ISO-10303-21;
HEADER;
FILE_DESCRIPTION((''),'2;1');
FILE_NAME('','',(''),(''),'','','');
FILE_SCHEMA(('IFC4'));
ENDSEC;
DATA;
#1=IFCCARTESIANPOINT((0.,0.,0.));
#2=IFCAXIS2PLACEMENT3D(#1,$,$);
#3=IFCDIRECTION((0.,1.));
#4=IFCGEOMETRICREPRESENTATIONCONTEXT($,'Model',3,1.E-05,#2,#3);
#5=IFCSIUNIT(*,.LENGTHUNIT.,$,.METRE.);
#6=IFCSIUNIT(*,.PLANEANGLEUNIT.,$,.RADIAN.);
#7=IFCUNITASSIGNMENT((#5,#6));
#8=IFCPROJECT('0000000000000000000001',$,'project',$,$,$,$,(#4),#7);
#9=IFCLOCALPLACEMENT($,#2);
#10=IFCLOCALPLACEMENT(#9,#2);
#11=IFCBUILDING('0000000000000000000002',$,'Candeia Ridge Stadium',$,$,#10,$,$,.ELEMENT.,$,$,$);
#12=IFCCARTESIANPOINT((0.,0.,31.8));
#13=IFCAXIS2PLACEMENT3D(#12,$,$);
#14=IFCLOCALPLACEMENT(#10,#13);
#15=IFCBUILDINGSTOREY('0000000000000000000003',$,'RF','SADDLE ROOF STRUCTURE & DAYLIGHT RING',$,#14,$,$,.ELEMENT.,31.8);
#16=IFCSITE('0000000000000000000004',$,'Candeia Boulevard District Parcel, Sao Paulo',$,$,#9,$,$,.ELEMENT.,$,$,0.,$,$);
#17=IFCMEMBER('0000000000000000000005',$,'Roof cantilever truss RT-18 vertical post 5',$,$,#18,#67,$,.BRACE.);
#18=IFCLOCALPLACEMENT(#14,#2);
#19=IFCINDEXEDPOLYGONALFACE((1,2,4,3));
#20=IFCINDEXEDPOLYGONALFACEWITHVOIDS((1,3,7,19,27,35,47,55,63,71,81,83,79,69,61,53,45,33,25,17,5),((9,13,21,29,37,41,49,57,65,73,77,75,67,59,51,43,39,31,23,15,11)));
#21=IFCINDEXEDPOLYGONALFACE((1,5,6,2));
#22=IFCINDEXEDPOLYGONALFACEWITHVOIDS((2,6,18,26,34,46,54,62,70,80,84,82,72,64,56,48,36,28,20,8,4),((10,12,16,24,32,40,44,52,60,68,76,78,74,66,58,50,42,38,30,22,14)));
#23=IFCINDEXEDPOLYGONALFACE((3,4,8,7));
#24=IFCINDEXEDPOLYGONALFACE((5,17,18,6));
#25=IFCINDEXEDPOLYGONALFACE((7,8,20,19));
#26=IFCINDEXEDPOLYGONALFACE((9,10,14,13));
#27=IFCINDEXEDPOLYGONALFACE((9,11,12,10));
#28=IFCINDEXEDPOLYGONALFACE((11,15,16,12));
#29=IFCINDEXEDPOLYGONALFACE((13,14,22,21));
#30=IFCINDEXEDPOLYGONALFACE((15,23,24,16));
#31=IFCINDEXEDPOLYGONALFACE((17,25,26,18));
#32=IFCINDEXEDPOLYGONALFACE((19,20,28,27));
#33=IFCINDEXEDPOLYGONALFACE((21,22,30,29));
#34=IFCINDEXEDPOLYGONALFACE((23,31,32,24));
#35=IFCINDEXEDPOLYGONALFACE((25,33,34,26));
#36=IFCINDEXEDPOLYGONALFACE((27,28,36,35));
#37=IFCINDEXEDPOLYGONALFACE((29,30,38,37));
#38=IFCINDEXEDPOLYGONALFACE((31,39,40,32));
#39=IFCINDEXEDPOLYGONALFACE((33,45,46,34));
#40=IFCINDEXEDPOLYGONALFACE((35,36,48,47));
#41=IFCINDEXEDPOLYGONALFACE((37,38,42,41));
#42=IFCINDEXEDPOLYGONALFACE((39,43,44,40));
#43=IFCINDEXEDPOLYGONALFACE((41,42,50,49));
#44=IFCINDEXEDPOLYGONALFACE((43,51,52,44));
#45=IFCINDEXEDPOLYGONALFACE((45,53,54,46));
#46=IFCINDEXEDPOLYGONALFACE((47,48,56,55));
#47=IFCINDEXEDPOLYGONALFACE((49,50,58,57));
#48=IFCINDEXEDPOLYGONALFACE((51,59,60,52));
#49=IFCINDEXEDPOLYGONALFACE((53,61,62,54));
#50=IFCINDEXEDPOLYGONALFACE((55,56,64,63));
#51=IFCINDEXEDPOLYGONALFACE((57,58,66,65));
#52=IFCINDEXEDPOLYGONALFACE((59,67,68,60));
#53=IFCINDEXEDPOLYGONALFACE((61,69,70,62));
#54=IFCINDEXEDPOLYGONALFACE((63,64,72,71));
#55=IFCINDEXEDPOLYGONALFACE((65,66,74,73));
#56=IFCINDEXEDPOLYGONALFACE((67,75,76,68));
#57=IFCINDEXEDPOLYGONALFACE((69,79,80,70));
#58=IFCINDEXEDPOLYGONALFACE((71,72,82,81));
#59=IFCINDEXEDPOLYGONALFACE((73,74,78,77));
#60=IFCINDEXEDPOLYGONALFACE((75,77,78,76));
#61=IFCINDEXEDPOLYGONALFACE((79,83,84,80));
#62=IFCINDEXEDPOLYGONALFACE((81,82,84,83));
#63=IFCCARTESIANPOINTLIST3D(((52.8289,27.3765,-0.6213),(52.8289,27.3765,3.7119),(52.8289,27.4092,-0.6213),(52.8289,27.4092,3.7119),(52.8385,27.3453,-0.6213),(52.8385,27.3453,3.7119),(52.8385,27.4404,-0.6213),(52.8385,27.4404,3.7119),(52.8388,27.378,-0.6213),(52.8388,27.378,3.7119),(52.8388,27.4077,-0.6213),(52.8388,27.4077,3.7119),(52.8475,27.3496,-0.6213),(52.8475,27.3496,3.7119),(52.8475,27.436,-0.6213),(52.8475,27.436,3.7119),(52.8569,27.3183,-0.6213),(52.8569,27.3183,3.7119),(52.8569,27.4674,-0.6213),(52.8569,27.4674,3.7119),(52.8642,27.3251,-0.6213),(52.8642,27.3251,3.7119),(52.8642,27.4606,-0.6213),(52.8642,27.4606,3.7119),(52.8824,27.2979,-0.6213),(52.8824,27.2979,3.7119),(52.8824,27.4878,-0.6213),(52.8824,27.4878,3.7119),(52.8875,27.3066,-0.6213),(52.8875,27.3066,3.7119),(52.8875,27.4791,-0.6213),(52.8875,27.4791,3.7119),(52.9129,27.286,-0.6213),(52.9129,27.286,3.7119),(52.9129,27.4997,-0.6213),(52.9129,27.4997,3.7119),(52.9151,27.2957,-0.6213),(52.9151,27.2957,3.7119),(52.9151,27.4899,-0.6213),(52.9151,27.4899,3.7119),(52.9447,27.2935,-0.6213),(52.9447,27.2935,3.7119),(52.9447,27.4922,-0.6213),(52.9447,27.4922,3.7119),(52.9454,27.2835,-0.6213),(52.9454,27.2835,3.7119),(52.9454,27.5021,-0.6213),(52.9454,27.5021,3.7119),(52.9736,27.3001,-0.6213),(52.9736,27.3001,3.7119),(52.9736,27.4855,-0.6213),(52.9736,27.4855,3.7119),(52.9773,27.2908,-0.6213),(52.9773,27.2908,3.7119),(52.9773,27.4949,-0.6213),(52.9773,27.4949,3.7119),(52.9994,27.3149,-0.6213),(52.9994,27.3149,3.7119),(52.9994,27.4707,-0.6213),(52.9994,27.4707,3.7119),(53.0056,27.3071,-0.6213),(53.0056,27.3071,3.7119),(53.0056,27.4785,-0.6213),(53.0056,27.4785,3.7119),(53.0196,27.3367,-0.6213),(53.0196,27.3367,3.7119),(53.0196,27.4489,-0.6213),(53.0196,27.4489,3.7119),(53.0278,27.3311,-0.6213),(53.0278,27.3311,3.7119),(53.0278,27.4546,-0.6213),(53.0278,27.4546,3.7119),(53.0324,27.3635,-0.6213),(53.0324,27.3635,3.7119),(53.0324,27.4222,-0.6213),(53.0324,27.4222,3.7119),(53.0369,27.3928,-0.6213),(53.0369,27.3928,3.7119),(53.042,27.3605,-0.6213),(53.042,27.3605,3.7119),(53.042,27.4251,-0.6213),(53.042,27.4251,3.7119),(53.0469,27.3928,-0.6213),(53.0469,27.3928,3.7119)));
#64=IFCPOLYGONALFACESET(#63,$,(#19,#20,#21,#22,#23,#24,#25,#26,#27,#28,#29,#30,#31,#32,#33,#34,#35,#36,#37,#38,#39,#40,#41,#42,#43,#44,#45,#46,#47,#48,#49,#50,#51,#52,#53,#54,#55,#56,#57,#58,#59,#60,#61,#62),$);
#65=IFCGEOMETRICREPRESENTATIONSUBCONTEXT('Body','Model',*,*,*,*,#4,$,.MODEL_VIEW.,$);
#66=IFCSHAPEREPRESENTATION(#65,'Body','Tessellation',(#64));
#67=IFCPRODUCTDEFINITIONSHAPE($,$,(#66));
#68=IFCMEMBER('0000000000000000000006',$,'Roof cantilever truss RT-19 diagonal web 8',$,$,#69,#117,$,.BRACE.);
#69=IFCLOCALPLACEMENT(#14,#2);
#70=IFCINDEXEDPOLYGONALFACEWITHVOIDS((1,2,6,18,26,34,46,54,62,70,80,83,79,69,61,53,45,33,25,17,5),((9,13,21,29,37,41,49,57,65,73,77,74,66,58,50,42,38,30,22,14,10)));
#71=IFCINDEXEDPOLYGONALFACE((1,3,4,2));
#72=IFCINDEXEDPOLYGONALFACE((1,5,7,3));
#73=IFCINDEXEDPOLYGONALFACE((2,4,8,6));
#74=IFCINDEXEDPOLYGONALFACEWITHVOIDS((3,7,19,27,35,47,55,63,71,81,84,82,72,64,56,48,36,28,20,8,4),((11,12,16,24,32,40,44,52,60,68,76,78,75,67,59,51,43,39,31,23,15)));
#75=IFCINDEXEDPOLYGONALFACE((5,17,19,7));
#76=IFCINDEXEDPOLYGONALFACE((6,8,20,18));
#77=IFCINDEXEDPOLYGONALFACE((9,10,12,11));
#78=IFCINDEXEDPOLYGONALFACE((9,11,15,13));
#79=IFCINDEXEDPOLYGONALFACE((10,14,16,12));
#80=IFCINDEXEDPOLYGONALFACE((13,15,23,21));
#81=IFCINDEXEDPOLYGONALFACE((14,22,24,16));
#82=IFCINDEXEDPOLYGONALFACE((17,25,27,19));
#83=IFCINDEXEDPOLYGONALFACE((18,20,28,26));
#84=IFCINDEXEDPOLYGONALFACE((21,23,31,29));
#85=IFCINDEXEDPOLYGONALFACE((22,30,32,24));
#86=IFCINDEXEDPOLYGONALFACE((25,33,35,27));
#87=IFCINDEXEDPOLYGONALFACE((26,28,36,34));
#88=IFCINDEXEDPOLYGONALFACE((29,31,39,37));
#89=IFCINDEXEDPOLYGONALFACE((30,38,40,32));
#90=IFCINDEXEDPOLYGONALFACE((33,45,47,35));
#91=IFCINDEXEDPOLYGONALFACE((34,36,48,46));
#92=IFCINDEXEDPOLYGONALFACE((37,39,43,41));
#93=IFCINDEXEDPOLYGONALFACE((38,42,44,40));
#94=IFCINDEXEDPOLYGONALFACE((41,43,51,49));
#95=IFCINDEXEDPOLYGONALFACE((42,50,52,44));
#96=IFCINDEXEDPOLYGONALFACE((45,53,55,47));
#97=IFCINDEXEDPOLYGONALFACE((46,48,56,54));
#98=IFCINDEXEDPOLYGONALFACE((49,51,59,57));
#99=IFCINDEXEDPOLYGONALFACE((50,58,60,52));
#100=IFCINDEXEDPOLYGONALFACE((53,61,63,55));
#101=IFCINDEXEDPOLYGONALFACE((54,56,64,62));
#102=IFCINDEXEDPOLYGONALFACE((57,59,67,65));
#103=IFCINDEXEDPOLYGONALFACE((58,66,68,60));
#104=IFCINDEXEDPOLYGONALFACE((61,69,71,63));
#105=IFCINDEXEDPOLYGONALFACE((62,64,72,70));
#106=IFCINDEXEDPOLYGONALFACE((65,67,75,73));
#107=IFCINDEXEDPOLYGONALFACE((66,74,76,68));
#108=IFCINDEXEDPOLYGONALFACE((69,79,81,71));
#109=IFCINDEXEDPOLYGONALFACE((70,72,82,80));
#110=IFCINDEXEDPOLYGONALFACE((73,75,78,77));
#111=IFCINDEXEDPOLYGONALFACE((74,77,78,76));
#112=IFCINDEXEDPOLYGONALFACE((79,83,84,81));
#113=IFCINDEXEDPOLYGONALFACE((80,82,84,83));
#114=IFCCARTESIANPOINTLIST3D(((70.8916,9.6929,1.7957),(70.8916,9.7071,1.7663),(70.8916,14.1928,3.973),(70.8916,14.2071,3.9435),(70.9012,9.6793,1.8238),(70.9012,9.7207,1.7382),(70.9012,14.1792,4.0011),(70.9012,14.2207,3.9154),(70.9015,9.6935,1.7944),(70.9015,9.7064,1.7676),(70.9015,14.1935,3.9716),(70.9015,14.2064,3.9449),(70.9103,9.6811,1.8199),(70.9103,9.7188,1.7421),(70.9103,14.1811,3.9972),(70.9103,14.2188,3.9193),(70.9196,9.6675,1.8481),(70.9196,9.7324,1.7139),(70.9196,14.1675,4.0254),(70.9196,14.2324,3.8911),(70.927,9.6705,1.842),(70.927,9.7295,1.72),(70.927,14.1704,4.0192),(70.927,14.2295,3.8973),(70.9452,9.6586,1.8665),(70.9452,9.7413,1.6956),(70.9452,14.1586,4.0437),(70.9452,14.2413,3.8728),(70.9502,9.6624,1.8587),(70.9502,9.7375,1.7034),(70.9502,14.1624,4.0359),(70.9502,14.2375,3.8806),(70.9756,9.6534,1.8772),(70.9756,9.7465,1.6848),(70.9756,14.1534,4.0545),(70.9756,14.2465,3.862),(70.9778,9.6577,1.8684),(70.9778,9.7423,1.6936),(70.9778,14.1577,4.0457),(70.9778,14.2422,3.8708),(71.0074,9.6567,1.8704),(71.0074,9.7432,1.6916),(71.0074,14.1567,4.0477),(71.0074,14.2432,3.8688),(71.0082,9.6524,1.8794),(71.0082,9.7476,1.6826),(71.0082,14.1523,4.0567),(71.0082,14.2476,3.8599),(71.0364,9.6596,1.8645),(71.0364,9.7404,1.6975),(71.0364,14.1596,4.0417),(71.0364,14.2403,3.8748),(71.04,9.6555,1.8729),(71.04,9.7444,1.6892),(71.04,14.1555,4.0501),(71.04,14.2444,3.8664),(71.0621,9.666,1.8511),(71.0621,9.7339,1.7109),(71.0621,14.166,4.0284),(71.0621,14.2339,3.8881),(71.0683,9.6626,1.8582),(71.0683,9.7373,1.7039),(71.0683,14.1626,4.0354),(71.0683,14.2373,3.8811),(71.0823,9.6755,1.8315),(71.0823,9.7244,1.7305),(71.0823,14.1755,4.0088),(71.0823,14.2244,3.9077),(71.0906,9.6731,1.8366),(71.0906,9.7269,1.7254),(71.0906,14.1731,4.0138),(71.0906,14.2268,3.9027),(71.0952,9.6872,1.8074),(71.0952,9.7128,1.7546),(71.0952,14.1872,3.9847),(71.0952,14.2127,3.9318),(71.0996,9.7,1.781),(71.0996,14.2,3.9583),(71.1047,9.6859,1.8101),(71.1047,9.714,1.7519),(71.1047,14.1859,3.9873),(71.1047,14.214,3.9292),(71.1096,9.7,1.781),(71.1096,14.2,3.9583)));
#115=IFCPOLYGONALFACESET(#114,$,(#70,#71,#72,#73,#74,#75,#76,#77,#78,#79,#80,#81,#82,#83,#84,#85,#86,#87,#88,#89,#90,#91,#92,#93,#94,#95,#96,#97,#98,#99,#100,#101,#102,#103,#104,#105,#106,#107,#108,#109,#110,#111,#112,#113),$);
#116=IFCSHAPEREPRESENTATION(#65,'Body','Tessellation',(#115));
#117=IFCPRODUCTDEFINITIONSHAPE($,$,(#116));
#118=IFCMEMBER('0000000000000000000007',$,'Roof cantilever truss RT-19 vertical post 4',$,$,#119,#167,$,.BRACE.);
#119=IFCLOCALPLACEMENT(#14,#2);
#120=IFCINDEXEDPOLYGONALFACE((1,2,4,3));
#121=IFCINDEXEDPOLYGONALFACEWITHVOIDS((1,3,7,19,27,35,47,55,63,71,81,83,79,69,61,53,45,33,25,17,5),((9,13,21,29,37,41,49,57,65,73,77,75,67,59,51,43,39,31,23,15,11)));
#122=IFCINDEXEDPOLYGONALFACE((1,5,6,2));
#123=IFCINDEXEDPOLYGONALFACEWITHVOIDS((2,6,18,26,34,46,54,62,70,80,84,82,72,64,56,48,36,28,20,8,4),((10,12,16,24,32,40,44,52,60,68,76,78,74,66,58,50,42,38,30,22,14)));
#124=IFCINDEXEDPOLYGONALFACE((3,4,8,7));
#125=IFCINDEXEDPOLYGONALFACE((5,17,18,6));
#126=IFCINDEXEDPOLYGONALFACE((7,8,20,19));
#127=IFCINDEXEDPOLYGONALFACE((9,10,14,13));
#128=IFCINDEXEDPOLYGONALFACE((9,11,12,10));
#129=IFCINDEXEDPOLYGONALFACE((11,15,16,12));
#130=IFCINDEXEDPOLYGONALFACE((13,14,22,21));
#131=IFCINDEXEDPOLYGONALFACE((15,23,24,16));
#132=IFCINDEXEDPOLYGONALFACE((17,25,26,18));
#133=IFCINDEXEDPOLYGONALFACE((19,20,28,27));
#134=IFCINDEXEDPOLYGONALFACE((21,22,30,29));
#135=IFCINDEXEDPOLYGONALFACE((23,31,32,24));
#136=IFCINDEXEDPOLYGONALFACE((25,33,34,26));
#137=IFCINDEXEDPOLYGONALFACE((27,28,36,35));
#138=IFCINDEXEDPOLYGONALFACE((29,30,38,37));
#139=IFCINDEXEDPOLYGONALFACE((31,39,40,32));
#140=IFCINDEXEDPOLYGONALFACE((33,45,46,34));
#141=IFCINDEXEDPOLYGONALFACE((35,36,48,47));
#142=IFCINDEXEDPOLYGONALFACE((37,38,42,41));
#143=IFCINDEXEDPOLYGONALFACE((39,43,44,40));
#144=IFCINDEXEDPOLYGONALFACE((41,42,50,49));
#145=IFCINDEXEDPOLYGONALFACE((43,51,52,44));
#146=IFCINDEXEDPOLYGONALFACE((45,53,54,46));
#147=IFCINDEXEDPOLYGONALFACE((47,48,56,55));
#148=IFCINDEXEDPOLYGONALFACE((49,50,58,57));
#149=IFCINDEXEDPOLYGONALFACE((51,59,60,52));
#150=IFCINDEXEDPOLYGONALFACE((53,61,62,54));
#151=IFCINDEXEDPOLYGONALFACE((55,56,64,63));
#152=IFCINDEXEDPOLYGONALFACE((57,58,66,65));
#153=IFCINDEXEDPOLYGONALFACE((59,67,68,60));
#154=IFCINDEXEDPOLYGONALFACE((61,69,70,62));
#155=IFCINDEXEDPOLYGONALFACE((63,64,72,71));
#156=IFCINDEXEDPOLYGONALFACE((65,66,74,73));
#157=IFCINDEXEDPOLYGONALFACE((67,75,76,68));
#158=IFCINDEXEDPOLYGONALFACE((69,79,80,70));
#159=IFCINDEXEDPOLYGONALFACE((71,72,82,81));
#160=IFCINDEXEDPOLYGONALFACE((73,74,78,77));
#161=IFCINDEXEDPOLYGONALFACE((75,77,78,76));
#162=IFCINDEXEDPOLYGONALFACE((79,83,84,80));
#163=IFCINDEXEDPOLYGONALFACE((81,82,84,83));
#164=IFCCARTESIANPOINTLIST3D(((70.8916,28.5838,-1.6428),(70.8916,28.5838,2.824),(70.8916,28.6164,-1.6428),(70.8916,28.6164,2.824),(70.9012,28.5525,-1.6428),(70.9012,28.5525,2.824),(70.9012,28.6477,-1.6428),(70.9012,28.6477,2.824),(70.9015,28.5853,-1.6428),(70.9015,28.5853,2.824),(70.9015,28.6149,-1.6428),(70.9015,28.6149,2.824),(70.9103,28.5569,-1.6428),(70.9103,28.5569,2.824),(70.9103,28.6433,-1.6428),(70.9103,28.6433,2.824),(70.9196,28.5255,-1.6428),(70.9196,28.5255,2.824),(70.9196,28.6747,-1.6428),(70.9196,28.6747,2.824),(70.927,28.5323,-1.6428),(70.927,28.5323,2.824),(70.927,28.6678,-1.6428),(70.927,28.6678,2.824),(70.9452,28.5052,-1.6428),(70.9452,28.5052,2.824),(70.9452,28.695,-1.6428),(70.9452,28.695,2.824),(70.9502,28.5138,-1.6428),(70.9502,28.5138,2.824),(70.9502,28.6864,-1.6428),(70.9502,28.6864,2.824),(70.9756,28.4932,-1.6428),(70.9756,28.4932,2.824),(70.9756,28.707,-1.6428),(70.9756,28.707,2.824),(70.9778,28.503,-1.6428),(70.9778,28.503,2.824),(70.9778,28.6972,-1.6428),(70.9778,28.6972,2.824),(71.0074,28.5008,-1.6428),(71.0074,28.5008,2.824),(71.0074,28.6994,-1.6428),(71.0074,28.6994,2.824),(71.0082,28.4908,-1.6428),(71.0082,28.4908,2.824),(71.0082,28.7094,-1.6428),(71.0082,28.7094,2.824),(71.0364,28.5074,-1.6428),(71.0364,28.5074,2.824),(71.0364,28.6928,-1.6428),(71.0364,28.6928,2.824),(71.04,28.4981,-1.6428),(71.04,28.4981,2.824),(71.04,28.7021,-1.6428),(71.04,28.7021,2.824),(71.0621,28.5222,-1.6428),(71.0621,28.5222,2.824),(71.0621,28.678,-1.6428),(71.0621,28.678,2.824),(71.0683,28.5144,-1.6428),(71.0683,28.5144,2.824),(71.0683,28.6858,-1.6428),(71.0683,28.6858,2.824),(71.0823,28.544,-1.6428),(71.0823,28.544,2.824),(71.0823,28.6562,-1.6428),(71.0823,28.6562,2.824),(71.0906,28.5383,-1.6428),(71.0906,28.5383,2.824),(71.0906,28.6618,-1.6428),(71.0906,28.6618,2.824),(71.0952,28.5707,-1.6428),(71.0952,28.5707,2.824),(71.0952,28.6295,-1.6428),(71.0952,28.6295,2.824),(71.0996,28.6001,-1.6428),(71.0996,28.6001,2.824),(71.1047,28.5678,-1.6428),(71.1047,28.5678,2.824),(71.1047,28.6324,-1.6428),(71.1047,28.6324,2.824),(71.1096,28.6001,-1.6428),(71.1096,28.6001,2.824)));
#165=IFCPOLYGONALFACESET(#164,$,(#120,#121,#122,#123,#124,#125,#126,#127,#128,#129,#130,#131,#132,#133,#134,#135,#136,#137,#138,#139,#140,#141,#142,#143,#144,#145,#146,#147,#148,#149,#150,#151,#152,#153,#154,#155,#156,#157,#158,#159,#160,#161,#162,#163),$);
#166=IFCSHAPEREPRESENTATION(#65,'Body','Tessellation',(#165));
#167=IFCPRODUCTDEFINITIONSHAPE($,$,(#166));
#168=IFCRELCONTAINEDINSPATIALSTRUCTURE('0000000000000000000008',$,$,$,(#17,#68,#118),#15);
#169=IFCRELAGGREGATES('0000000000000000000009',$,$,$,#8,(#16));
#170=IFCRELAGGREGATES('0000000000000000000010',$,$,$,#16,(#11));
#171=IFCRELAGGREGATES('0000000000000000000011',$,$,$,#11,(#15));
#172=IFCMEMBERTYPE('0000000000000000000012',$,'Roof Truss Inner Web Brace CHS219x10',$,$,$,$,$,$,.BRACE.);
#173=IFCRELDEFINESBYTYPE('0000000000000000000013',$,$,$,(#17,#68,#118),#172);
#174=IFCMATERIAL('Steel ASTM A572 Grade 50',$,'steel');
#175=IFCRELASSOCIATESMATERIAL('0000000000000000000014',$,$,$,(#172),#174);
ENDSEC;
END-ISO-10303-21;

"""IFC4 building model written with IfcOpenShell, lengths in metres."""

from ifc_helpers import new_model, si_unit, direction, frame, origin, origin_2d, place, context, subcontext, project, spatial, hollow_circle, extrude, material, material_profile, profile_set, type_object, element, save


model = new_model("IFC4")

# Units and contexts
model_context = context("Model", 3, precision=1e-05, world=origin(), true_north=direction((0.0, 1.0)))
body_context = subcontext(model_context, "Body", "Model", "MODEL_VIEW")
ifc_project = project(units=[si_unit("LENGTHUNIT", "METRE"), si_unit("PLANEANGLEUNIT", "RADIAN")], contexts=[model_context])

# Site, building, storey
site_placement = place(None, origin())
site = spatial("IfcSite", under=ifc_project, at=site_placement, Name="Candeia Boulevard District Parcel, Sao Paulo", CompositionType="ELEMENT", RefElevation=0.0)
building_placement = place(site_placement, origin())
building = spatial("IfcBuilding", under=site, at=building_placement, Name="Candeia Ridge Stadium", CompositionType="ELEMENT")
storey_placement = place(building_placement, frame((0.0, 0.0, 31.8)))
storey = spatial("IfcBuildingStorey", under=building, at=storey_placement, Name="RF", Description="SADDLE ROOF STRUCTURE & DAYLIGHT RING", CompositionType="ELEMENT", Elevation=31.8)

# Shared definitions
ifc_material_1 = material(Name="Steel ASTM A572 Grade 50", Category="steel")

# Members
ifc_material_profile_1 = material_profile(ifc_material_1, hollow_circle(Radius=0.1096, WallThickness=0.01, at=origin_2d()), Name="CHS219x10", Category="steel")
ifc_profile_set_1 = profile_set([ifc_material_profile_1], Name="Steel ASTM A572 Grade 50")
member_type_1 = type_object("IfcMemberType", Name="Roof Truss Inner Web Brace CHS219x10", PredefinedType="BRACE", material=ifc_profile_set_1)
member_1_placement = place(storey_placement, frame((52.9373, 27.3928, -0.6213), z_axis=(0.0, 0.0, 1.0), x_axis=(1.0, 0.0, 0.0)))
element("IfcMember", 1, at=member_1_placement, inside=storey, type_object=member_type_1, Name="Roof cantilever truss RT-18 vertical post 5", PredefinedType="BRACE", context=body_context, shape_type="SweptSolid", body=[
    extrude(hollow_circle(Radius=0.1096, WallThickness=0.01, at=origin_2d()), origin(), (0.0, 0.0, 1.0), 4.3333),
])
member_2_placement = place(storey_placement, frame((71.0, 14.2, 3.9583), z_axis=(0.0, -0.900173, -0.435533), x_axis=(1.0, 0.0, 0.0)))
element("IfcMember", 2, at=member_2_placement, inside=storey, type_object=member_type_1, Name="Roof cantilever truss RT-19 diagonal web 8", PredefinedType="BRACE", context=body_context, shape_type="SweptSolid", body=[
    extrude(hollow_circle(Radius=0.1096, WallThickness=0.01, at=origin_2d()), origin(), (0.0, 0.0, 1.0), 4.999),
])
member_3_placement = place(storey_placement, frame((71.0, 28.6001, -1.6428), z_axis=(0.0, 0.0, 1.0), x_axis=(1.0, 0.0, 0.0)))
element("IfcMember", 3, at=member_3_placement, inside=storey, type_object=member_type_1, Name="Roof cantilever truss RT-19 vertical post 4", PredefinedType="BRACE", context=body_context, shape_type="SweptSolid", body=[
    extrude(hollow_circle(Radius=0.1096, WallThickness=0.01, at=origin_2d()), origin(), (0.0, 0.0, 1.0), 4.4668),
])

save(model, "model.ifc")
